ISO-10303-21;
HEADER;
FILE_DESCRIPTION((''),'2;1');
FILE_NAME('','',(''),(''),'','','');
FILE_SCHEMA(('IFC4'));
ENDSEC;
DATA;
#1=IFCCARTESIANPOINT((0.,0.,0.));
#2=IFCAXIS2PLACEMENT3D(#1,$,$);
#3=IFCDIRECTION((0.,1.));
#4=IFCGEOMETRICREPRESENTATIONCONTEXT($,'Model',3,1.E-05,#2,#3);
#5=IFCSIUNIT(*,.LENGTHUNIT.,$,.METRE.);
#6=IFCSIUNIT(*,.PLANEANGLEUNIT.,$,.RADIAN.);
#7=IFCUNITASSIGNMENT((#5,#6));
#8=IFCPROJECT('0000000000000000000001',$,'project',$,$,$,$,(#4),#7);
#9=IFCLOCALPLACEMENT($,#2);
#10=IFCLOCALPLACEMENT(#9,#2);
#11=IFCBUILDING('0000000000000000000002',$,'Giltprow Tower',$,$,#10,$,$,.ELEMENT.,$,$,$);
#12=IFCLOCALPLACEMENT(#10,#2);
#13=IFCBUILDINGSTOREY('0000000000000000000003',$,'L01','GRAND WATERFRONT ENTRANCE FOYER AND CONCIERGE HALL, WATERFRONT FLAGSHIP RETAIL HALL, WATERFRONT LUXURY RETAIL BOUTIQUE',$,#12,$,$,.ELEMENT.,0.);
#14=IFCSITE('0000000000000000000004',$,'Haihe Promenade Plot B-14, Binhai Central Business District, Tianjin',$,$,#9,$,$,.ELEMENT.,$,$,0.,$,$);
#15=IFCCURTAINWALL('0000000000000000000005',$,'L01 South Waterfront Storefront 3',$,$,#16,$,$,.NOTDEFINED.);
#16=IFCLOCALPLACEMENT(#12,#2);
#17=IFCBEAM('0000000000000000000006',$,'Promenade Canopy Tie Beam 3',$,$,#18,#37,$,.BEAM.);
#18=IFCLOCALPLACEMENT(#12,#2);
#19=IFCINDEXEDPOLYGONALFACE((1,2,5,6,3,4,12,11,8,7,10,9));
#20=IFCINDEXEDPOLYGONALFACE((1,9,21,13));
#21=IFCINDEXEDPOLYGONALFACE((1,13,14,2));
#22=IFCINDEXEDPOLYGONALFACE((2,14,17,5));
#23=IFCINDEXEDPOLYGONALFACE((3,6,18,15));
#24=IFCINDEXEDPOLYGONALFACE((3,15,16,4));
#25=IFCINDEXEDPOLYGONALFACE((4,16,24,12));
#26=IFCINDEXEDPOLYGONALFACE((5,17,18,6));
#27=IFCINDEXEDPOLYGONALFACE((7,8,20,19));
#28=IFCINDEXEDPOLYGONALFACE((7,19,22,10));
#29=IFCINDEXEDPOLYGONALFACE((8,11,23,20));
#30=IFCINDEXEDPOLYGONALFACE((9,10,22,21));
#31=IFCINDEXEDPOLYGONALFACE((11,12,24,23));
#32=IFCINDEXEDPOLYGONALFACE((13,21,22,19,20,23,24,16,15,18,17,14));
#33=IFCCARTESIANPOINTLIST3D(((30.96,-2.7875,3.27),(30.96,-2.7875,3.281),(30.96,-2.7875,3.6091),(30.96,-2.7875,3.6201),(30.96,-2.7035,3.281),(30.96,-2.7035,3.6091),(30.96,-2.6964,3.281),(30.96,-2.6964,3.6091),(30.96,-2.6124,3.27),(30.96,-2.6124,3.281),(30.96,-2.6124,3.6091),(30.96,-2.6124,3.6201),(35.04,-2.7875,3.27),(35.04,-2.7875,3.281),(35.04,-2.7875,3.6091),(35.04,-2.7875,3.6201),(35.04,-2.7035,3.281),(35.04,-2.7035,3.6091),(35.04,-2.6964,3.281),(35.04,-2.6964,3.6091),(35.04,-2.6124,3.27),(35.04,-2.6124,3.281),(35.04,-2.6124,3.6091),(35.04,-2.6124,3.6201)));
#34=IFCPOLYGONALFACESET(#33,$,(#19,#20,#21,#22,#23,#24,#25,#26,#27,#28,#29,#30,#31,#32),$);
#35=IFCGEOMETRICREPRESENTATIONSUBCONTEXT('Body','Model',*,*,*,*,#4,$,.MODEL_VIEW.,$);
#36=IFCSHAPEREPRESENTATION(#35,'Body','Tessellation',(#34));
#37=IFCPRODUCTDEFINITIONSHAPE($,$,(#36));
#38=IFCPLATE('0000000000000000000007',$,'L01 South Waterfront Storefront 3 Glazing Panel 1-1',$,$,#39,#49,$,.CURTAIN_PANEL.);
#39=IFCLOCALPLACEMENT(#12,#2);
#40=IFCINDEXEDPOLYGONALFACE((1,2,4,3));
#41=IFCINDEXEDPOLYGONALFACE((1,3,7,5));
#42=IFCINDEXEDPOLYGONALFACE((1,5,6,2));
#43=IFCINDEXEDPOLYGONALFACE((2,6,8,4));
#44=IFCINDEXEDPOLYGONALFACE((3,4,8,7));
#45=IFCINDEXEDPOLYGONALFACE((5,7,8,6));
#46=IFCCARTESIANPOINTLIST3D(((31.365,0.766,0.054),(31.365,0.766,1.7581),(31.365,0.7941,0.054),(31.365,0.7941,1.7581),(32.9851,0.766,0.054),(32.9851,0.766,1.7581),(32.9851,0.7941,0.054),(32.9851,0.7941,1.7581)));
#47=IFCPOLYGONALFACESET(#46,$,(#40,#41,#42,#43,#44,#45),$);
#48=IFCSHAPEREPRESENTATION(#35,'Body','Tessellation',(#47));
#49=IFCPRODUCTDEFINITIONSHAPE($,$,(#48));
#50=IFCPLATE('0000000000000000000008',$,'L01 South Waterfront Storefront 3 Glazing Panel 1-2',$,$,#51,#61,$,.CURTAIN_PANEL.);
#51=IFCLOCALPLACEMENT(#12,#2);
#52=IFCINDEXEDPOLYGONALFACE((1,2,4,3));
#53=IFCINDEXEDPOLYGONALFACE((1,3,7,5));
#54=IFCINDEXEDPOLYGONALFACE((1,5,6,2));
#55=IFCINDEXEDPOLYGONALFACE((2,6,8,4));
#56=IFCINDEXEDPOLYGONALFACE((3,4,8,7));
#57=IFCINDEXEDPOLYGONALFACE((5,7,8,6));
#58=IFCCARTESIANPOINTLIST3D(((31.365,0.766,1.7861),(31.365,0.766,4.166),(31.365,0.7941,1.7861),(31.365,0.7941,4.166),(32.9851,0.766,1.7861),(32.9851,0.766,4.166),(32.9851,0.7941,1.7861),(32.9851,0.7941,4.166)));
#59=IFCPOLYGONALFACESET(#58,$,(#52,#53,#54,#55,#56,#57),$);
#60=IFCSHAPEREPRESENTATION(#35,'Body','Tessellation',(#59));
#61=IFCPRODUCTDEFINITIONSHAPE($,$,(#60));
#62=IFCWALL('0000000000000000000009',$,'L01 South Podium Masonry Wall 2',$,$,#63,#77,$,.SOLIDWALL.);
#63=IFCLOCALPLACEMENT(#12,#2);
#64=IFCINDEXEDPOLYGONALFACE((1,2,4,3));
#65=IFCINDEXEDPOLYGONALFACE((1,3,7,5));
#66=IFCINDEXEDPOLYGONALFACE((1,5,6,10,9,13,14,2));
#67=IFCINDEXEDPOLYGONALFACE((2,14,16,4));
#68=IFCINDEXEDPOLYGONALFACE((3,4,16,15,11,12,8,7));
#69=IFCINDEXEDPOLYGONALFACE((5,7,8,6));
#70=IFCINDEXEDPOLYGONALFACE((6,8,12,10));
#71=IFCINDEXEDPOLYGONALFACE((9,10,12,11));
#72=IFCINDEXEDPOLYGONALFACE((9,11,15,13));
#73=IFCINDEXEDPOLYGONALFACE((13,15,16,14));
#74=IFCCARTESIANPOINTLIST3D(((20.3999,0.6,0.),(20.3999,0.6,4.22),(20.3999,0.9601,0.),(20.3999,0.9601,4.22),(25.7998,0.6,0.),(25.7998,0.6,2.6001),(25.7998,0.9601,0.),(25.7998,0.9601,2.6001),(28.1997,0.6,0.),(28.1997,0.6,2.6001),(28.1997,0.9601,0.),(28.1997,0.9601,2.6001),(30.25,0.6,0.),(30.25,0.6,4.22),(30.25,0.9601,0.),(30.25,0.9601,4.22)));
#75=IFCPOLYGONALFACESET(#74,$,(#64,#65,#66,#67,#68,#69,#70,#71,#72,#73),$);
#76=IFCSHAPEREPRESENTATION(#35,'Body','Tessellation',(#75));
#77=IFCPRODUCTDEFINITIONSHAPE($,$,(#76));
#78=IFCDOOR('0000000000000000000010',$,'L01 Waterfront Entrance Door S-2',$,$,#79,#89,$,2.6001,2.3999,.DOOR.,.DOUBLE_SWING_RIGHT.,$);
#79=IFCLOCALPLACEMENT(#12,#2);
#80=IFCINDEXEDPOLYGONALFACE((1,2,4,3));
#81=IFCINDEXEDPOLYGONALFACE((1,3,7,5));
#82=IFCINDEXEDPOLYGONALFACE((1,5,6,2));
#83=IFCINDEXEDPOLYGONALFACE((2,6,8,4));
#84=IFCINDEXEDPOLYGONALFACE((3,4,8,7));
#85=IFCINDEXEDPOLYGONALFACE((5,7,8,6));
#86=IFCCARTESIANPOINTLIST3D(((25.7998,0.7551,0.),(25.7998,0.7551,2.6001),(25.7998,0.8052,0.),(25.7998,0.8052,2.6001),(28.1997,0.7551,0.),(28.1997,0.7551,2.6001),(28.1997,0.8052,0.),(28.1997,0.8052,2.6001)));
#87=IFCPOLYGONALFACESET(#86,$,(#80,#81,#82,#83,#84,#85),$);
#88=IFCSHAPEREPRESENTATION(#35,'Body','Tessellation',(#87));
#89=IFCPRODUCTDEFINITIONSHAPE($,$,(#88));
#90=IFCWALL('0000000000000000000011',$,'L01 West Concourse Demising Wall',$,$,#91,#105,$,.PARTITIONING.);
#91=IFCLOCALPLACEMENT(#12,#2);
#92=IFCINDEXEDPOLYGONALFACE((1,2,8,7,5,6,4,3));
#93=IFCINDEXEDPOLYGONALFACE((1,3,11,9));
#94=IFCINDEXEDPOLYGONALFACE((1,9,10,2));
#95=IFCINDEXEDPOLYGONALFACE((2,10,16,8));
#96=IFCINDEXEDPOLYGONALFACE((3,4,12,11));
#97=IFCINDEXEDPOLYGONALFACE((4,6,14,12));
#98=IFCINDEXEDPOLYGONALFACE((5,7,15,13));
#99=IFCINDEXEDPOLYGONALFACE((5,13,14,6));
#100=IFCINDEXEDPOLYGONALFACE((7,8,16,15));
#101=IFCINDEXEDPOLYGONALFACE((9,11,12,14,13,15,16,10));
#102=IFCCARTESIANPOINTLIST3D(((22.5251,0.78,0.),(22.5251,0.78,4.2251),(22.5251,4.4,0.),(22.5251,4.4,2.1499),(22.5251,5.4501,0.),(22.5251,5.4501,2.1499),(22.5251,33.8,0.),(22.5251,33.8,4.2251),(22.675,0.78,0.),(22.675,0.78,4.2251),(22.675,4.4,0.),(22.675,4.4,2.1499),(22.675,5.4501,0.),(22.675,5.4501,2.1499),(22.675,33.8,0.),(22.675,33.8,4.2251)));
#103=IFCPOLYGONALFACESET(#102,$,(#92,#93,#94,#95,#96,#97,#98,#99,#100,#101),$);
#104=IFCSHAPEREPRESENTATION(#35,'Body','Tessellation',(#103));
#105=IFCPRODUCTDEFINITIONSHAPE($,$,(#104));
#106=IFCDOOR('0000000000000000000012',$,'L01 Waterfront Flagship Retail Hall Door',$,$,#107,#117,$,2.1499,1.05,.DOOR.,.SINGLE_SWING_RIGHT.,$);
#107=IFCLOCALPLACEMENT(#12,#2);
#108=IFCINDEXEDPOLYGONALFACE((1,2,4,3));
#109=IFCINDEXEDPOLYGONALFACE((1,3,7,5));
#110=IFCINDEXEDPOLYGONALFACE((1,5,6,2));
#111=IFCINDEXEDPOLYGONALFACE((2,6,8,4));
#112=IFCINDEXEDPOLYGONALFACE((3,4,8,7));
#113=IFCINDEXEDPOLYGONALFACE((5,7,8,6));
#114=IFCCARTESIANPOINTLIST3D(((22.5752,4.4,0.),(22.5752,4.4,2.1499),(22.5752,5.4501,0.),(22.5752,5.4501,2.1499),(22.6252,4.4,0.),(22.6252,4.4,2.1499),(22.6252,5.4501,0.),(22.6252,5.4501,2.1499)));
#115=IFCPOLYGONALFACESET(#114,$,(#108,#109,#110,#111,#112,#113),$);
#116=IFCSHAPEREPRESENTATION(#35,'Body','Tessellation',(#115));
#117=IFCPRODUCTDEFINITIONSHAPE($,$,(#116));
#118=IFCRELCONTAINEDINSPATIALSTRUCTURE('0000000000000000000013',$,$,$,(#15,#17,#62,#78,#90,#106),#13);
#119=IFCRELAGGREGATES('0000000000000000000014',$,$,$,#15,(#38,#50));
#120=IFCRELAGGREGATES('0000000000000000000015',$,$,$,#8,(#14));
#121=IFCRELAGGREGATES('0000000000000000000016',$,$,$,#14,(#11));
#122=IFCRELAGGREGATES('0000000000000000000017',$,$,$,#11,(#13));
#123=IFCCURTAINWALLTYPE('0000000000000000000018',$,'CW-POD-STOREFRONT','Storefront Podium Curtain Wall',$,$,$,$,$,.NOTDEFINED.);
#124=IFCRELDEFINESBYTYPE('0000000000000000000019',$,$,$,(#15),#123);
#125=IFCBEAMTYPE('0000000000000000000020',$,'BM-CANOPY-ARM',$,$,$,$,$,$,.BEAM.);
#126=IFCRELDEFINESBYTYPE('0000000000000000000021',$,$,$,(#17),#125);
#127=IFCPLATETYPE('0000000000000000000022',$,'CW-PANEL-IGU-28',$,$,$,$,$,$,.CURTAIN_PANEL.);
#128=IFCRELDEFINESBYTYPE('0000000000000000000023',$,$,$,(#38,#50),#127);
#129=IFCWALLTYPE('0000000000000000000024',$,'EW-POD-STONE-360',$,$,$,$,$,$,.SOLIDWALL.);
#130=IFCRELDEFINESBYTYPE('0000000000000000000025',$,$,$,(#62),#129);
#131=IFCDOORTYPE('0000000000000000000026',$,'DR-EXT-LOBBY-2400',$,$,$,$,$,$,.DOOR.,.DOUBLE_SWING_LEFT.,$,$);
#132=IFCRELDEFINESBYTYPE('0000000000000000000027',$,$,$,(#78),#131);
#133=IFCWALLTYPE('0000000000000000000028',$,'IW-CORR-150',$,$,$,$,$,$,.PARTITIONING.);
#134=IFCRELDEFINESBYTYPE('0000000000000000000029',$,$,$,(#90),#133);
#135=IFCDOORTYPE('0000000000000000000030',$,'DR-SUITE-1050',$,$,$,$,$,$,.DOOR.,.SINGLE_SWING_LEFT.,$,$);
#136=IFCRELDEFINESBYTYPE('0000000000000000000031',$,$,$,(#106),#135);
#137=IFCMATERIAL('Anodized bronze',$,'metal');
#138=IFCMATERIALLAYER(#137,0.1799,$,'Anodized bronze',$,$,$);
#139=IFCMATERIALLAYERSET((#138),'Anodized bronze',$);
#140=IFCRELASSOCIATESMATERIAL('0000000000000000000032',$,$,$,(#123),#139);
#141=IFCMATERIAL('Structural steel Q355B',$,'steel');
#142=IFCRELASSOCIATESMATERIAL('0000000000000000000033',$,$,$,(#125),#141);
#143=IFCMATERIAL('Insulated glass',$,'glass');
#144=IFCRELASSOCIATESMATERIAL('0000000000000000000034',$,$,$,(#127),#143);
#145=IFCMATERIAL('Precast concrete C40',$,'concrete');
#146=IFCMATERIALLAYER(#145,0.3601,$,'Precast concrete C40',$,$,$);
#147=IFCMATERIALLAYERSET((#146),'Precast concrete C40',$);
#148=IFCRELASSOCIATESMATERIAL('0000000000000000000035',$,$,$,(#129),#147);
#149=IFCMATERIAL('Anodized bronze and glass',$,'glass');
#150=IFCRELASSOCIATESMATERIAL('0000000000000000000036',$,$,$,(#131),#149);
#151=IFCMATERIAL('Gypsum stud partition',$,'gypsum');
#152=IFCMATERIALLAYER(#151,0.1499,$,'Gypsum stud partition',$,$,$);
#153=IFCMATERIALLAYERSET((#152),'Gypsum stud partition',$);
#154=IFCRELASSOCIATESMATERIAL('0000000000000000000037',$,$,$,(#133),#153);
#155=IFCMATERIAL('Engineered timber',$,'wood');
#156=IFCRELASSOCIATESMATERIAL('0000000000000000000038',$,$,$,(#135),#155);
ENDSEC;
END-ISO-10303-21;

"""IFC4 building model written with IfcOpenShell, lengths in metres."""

from ifc_helpers import new_model, si_unit, direction, frame, frame_2d, origin, origin_2d, place, context, subcontext, project, spatial, rectangle, i_section, extrude, source, transform, mapped, material, layer, layer_set, material_profile, profile_set, type_object, element, fill, aggregate, save


model = new_model("IFC4")

# Units and contexts
model_context = context("Model", 3, precision=1e-05, world=origin(), true_north=direction((0.0, 1.0)))
body_context = subcontext(model_context, "Body", "Model", "MODEL_VIEW")
ifc_project = project(units=[si_unit("LENGTHUNIT", "METRE"), si_unit("PLANEANGLEUNIT", "RADIAN")], contexts=[model_context])

# Site, building, storey
site_placement = place(None, origin())
site = spatial("IfcSite", under=ifc_project, at=site_placement, Name="Haihe Promenade Plot B-14, Binhai Central Business District, Tianjin", CompositionType="ELEMENT", RefElevation=0.0)
building_placement = place(site_placement, origin())
building = spatial("IfcBuilding", under=site, at=building_placement, Name="Giltprow Tower", CompositionType="ELEMENT")
storey_placement = place(building_placement, origin())
storey = spatial("IfcBuildingStorey", under=building, at=storey_placement, Name="L01", Description="GRAND WATERFRONT ENTRANCE FOYER AND CONCIERGE HALL, WATERFRONT FLAGSHIP RETAIL HALL, WATERFRONT LUXURY RETAIL BOUTIQUE", CompositionType="ELEMENT", Elevation=0.0)

# Shared definitions
ifc_material_1 = material(Name="Structural steel Q355B", Category="steel")

# Curtain wall
ifc_material_2 = material(Name="Anodized bronze", Category="metal")
ifc_layer_1 = layer(ifc_material_2, 0.1799, Name="Anodized bronze")
ifc_layer_set_1 = layer_set([ifc_layer_1], Name="Anodized bronze")
curtain_wall_type = type_object("IfcCurtainWallType", Name="CW-POD-STOREFRONT", Description="Storefront Podium Curtain Wall", PredefinedType="NOTDEFINED", material=ifc_layer_set_1)
curtain_wall_placement = place(storey_placement, origin())
curtain_wall = element("IfcCurtainWall", 1, at=curtain_wall_placement, inside=storey, type_object=curtain_wall_type, Name="L01 South Waterfront Storefront 3", PredefinedType="NOTDEFINED")

# Beam
ifc_material_profile_1 = material_profile(ifc_material_1, i_section(OverallWidth=0.175, OverallDepth=0.3501, WebThickness=0.0071, FlangeThickness=0.011, at=origin_2d()), Name="HN 350x175x7x11")
ifc_profile_set_1 = profile_set([ifc_material_profile_1], Name="Structural steel Q355B")
beam_type_1 = type_object("IfcBeamType", Name="BM-CANOPY-ARM", PredefinedType="BEAM", material=ifc_profile_set_1)
shared_shape_1 = source(origin(), body_context, "Body", "SweptSolid", [
    extrude(i_section(OverallWidth=0.175, OverallDepth=0.3501, WebThickness=0.0071, FlangeThickness=0.011, at=origin_2d()), origin(), (0.0, 0.0, 1.0), 4.0801),
])
beam_1_placement = place(storey_placement, frame((30.96, -2.7, 3.4451), z_axis=(1.0, 0.0, 0.0), x_axis=(0.0, 1.0, 0.0)))
element("IfcBeam", 2, at=beam_1_placement, inside=storey, type_object=beam_type_1, Name="Promenade Canopy Tie Beam 3", PredefinedType="BEAM", context=body_context, shape_type="MappedRepresentation", body=[
    mapped(shared_shape_1, transform((0.0, 0.0, 0.0), x_axis=(1.0, 0.0, 0.0), y_axis=(0.0, 1.0, 0.0), z_axis=(0.0, 0.0, 1.0), scale=1.0)),
])

# Plates
ifc_material_3 = material(Name="Insulated glass", Category="glass")
plate_type = type_object("IfcPlateType", Name="CW-PANEL-IGU-28", PredefinedType="CURTAIN_PANEL", material=ifc_material_3)
shared_shape_2 = source(origin(), body_context, "Body", "SweptSolid", [
    extrude(rectangle(XDim=1.6201, YDim=0.0281, at=origin_2d()), origin(), (0.0, 0.0, 1.0), 1.7041),
])
plate_1_placement = place(storey_placement, frame((32.175, 0.78, 0.054), z_axis=(0.0, 0.0, 1.0), x_axis=(1.0, 0.0, 0.0)))
plate_1 = element("IfcPlate", 3, at=plate_1_placement, type_object=plate_type, Name="L01 South Waterfront Storefront 3 Glazing Panel 1-1", PredefinedType="CURTAIN_PANEL", context=body_context, shape_type="MappedRepresentation", body=[
    mapped(shared_shape_2, transform((0.0, 0.0, 0.0), x_axis=(1.0, 0.0, 0.0), y_axis=(0.0, 1.0, 0.0), z_axis=(0.0, 0.0, 1.0), scale=1.0)),
])
shared_shape_3 = source(origin(), body_context, "Body", "SweptSolid", [
    extrude(rectangle(XDim=1.6201, YDim=0.0281, at=origin_2d()), origin(), (0.0, 0.0, 1.0), 2.3799),
])
plate_2_placement = place(storey_placement, frame((32.175, 0.78, 1.7861), z_axis=(0.0, 0.0, 1.0), x_axis=(1.0, 0.0, 0.0)))
plate_2 = element("IfcPlate", 4, at=plate_2_placement, type_object=plate_type, Name="L01 South Waterfront Storefront 3 Glazing Panel 1-2", PredefinedType="CURTAIN_PANEL", context=body_context, shape_type="MappedRepresentation", body=[
    mapped(shared_shape_3, transform((0.0, 0.0, 0.0), x_axis=(1.0, 0.0, 0.0), y_axis=(0.0, 1.0, 0.0), z_axis=(0.0, 0.0, 1.0), scale=1.0)),
])
aggregate(curtain_wall, [plate_1, plate_2])

# Walls, openings, doors
ifc_material_4 = material(Name="Precast concrete C40", Category="concrete")
ifc_layer_2 = layer(ifc_material_4, 0.3601, Name="Precast concrete C40")
ifc_layer_set_2 = layer_set([ifc_layer_2], Name="Precast concrete C40")
wall_type_1 = type_object("IfcWallType", Name="EW-POD-STONE-360", PredefinedType="SOLIDWALL", material=ifc_layer_set_2)
wall_1_placement = place(storey_placement, frame((20.3999, 0.78, 0.0), z_axis=(0.0, 0.0, 1.0), x_axis=(1.0, 0.0, 0.0)))
wall_1 = element("IfcWall", 5, at=wall_1_placement, inside=storey, type_object=wall_type_1, Name="L01 South Podium Masonry Wall 2", PredefinedType="SOLIDWALL", context=body_context, shape_type="SweptSolid", body=[
    extrude(rectangle(XDim=9.8501, YDim=0.3601, at=frame_2d((4.925, 0.0))), origin(), (0.0, 0.0, 1.0), 4.22),
])
opening_1_placement = place(wall_1_placement, frame((5.3999, 0.0, 0.0)))
opening_1 = element("IfcOpeningElement", 6, at=opening_1_placement, cuts=wall_1, PredefinedType="OPENING", context=body_context, shape_type="SweptSolid", body=[
    extrude(rectangle(XDim=2.3999, YDim=2.6001, at=frame_2d((1.2, 1.3))), frame((0.0, 0.1899, 0.0), z_axis=(0.0, -1.0, 0.0), x_axis=(1.0, 0.0, 0.0)), (0.0, 0.0, 1.0), 0.3801),
])
ifc_material_5 = material(Name="Anodized bronze and glass", Category="glass")
door_type_1 = type_object("IfcDoorType", Name="DR-EXT-LOBBY-2400", OperationType="DOUBLE_SWING_LEFT", PredefinedType="DOOR", material=ifc_material_5)
shared_shape_4 = source(origin(), body_context, "Body", "SweptSolid", [
    extrude(rectangle(XDim=2.3999, YDim=2.6001, at=frame_2d((1.2, 1.3))), frame((0.0, 0.0249, 0.0), z_axis=(0.0, -1.0, 0.0), x_axis=(1.0, 0.0, 0.0)), (0.0, 0.0, 1.0), 0.05),
])
door_1_placement = place(opening_1_placement, frame((2.3999, 0.0, 0.0), z_axis=(0.0, 0.0, 1.0), x_axis=(-1.0, 0.0, 0.0)))
door_1 = element("IfcDoor", 7, at=door_1_placement, inside=storey, type_object=door_type_1, Name="L01 Waterfront Entrance Door S-2", OperationType="DOUBLE_SWING_RIGHT", OverallHeight=2.6001, OverallWidth=2.3999, PredefinedType="DOOR", context=body_context, shape_type="MappedRepresentation", body=[
    mapped(shared_shape_4, transform((0.0, 0.0, 0.0), x_axis=(1.0, 0.0, 0.0), y_axis=(0.0, 1.0, 0.0), z_axis=(0.0, 0.0, 1.0), scale=1.0)),
])
fill(opening_1, door_1)
ifc_material_6 = material(Name="Gypsum stud partition", Category="gypsum")
ifc_layer_3 = layer(ifc_material_6, 0.1499, Name="Gypsum stud partition")
ifc_layer_set_3 = layer_set([ifc_layer_3], Name="Gypsum stud partition")
wall_type_2 = type_object("IfcWallType", Name="IW-CORR-150", PredefinedType="PARTITIONING", material=ifc_layer_set_3)
wall_2_placement = place(storey_placement, frame((22.6001, 0.78, 0.0), z_axis=(0.0, 0.0, 1.0), x_axis=(0.0, 1.0, 0.0)))
wall_2 = element("IfcWall", 8, at=wall_2_placement, inside=storey, type_object=wall_type_2, Name="L01 West Concourse Demising Wall", PredefinedType="PARTITIONING", context=body_context, shape_type="SweptSolid", body=[
    extrude(rectangle(XDim=33.02, YDim=0.1499, at=frame_2d((16.51, 0.0))), origin(), (0.0, 0.0, 1.0), 4.2251),
])
opening_2_placement = place(wall_2_placement, frame((3.6201, 0.0, 0.0)))
opening_2 = element("IfcOpeningElement", 9, at=opening_2_placement, cuts=wall_2, PredefinedType="OPENING", context=body_context, shape_type="SweptSolid", body=[
    extrude(rectangle(XDim=1.05, YDim=2.1499, at=frame_2d((0.5249, 1.075))), frame((0.0, 0.085, 0.0), z_axis=(0.0, -1.0, 0.0), x_axis=(1.0, 0.0, 0.0)), (0.0, 0.0, 1.0), 0.1699),
])
ifc_material_7 = material(Name="Engineered timber", Category="wood")
door_type_2 = type_object("IfcDoorType", Name="DR-SUITE-1050", OperationType="SINGLE_SWING_LEFT", PredefinedType="DOOR", material=ifc_material_7)
shared_shape_5 = source(origin(), body_context, "Body", "SweptSolid", [
    extrude(rectangle(XDim=1.05, YDim=2.1499, at=frame_2d((0.5249, 1.075))), frame((0.0, 0.0249, 0.0), z_axis=(0.0, -1.0, 0.0), x_axis=(1.0, 0.0, 0.0)), (0.0, 0.0, 1.0), 0.05),
])
door_2_placement = place(opening_2_placement, origin())
door_2 = element("IfcDoor", 10, at=door_2_placement, inside=storey, type_object=door_type_2, Name="L01 Waterfront Flagship Retail Hall Door", OperationType="SINGLE_SWING_RIGHT", OverallHeight=2.1499, OverallWidth=1.05, PredefinedType="DOOR", context=body_context, shape_type="MappedRepresentation", body=[
    mapped(shared_shape_5, transform((0.0, 0.0, 0.0), x_axis=(1.0, 0.0, 0.0), y_axis=(0.0, 1.0, 0.0), z_axis=(0.0, 0.0, 1.0), scale=1.0)),
])
fill(opening_2, door_2)

save(model, "model.ifc")
